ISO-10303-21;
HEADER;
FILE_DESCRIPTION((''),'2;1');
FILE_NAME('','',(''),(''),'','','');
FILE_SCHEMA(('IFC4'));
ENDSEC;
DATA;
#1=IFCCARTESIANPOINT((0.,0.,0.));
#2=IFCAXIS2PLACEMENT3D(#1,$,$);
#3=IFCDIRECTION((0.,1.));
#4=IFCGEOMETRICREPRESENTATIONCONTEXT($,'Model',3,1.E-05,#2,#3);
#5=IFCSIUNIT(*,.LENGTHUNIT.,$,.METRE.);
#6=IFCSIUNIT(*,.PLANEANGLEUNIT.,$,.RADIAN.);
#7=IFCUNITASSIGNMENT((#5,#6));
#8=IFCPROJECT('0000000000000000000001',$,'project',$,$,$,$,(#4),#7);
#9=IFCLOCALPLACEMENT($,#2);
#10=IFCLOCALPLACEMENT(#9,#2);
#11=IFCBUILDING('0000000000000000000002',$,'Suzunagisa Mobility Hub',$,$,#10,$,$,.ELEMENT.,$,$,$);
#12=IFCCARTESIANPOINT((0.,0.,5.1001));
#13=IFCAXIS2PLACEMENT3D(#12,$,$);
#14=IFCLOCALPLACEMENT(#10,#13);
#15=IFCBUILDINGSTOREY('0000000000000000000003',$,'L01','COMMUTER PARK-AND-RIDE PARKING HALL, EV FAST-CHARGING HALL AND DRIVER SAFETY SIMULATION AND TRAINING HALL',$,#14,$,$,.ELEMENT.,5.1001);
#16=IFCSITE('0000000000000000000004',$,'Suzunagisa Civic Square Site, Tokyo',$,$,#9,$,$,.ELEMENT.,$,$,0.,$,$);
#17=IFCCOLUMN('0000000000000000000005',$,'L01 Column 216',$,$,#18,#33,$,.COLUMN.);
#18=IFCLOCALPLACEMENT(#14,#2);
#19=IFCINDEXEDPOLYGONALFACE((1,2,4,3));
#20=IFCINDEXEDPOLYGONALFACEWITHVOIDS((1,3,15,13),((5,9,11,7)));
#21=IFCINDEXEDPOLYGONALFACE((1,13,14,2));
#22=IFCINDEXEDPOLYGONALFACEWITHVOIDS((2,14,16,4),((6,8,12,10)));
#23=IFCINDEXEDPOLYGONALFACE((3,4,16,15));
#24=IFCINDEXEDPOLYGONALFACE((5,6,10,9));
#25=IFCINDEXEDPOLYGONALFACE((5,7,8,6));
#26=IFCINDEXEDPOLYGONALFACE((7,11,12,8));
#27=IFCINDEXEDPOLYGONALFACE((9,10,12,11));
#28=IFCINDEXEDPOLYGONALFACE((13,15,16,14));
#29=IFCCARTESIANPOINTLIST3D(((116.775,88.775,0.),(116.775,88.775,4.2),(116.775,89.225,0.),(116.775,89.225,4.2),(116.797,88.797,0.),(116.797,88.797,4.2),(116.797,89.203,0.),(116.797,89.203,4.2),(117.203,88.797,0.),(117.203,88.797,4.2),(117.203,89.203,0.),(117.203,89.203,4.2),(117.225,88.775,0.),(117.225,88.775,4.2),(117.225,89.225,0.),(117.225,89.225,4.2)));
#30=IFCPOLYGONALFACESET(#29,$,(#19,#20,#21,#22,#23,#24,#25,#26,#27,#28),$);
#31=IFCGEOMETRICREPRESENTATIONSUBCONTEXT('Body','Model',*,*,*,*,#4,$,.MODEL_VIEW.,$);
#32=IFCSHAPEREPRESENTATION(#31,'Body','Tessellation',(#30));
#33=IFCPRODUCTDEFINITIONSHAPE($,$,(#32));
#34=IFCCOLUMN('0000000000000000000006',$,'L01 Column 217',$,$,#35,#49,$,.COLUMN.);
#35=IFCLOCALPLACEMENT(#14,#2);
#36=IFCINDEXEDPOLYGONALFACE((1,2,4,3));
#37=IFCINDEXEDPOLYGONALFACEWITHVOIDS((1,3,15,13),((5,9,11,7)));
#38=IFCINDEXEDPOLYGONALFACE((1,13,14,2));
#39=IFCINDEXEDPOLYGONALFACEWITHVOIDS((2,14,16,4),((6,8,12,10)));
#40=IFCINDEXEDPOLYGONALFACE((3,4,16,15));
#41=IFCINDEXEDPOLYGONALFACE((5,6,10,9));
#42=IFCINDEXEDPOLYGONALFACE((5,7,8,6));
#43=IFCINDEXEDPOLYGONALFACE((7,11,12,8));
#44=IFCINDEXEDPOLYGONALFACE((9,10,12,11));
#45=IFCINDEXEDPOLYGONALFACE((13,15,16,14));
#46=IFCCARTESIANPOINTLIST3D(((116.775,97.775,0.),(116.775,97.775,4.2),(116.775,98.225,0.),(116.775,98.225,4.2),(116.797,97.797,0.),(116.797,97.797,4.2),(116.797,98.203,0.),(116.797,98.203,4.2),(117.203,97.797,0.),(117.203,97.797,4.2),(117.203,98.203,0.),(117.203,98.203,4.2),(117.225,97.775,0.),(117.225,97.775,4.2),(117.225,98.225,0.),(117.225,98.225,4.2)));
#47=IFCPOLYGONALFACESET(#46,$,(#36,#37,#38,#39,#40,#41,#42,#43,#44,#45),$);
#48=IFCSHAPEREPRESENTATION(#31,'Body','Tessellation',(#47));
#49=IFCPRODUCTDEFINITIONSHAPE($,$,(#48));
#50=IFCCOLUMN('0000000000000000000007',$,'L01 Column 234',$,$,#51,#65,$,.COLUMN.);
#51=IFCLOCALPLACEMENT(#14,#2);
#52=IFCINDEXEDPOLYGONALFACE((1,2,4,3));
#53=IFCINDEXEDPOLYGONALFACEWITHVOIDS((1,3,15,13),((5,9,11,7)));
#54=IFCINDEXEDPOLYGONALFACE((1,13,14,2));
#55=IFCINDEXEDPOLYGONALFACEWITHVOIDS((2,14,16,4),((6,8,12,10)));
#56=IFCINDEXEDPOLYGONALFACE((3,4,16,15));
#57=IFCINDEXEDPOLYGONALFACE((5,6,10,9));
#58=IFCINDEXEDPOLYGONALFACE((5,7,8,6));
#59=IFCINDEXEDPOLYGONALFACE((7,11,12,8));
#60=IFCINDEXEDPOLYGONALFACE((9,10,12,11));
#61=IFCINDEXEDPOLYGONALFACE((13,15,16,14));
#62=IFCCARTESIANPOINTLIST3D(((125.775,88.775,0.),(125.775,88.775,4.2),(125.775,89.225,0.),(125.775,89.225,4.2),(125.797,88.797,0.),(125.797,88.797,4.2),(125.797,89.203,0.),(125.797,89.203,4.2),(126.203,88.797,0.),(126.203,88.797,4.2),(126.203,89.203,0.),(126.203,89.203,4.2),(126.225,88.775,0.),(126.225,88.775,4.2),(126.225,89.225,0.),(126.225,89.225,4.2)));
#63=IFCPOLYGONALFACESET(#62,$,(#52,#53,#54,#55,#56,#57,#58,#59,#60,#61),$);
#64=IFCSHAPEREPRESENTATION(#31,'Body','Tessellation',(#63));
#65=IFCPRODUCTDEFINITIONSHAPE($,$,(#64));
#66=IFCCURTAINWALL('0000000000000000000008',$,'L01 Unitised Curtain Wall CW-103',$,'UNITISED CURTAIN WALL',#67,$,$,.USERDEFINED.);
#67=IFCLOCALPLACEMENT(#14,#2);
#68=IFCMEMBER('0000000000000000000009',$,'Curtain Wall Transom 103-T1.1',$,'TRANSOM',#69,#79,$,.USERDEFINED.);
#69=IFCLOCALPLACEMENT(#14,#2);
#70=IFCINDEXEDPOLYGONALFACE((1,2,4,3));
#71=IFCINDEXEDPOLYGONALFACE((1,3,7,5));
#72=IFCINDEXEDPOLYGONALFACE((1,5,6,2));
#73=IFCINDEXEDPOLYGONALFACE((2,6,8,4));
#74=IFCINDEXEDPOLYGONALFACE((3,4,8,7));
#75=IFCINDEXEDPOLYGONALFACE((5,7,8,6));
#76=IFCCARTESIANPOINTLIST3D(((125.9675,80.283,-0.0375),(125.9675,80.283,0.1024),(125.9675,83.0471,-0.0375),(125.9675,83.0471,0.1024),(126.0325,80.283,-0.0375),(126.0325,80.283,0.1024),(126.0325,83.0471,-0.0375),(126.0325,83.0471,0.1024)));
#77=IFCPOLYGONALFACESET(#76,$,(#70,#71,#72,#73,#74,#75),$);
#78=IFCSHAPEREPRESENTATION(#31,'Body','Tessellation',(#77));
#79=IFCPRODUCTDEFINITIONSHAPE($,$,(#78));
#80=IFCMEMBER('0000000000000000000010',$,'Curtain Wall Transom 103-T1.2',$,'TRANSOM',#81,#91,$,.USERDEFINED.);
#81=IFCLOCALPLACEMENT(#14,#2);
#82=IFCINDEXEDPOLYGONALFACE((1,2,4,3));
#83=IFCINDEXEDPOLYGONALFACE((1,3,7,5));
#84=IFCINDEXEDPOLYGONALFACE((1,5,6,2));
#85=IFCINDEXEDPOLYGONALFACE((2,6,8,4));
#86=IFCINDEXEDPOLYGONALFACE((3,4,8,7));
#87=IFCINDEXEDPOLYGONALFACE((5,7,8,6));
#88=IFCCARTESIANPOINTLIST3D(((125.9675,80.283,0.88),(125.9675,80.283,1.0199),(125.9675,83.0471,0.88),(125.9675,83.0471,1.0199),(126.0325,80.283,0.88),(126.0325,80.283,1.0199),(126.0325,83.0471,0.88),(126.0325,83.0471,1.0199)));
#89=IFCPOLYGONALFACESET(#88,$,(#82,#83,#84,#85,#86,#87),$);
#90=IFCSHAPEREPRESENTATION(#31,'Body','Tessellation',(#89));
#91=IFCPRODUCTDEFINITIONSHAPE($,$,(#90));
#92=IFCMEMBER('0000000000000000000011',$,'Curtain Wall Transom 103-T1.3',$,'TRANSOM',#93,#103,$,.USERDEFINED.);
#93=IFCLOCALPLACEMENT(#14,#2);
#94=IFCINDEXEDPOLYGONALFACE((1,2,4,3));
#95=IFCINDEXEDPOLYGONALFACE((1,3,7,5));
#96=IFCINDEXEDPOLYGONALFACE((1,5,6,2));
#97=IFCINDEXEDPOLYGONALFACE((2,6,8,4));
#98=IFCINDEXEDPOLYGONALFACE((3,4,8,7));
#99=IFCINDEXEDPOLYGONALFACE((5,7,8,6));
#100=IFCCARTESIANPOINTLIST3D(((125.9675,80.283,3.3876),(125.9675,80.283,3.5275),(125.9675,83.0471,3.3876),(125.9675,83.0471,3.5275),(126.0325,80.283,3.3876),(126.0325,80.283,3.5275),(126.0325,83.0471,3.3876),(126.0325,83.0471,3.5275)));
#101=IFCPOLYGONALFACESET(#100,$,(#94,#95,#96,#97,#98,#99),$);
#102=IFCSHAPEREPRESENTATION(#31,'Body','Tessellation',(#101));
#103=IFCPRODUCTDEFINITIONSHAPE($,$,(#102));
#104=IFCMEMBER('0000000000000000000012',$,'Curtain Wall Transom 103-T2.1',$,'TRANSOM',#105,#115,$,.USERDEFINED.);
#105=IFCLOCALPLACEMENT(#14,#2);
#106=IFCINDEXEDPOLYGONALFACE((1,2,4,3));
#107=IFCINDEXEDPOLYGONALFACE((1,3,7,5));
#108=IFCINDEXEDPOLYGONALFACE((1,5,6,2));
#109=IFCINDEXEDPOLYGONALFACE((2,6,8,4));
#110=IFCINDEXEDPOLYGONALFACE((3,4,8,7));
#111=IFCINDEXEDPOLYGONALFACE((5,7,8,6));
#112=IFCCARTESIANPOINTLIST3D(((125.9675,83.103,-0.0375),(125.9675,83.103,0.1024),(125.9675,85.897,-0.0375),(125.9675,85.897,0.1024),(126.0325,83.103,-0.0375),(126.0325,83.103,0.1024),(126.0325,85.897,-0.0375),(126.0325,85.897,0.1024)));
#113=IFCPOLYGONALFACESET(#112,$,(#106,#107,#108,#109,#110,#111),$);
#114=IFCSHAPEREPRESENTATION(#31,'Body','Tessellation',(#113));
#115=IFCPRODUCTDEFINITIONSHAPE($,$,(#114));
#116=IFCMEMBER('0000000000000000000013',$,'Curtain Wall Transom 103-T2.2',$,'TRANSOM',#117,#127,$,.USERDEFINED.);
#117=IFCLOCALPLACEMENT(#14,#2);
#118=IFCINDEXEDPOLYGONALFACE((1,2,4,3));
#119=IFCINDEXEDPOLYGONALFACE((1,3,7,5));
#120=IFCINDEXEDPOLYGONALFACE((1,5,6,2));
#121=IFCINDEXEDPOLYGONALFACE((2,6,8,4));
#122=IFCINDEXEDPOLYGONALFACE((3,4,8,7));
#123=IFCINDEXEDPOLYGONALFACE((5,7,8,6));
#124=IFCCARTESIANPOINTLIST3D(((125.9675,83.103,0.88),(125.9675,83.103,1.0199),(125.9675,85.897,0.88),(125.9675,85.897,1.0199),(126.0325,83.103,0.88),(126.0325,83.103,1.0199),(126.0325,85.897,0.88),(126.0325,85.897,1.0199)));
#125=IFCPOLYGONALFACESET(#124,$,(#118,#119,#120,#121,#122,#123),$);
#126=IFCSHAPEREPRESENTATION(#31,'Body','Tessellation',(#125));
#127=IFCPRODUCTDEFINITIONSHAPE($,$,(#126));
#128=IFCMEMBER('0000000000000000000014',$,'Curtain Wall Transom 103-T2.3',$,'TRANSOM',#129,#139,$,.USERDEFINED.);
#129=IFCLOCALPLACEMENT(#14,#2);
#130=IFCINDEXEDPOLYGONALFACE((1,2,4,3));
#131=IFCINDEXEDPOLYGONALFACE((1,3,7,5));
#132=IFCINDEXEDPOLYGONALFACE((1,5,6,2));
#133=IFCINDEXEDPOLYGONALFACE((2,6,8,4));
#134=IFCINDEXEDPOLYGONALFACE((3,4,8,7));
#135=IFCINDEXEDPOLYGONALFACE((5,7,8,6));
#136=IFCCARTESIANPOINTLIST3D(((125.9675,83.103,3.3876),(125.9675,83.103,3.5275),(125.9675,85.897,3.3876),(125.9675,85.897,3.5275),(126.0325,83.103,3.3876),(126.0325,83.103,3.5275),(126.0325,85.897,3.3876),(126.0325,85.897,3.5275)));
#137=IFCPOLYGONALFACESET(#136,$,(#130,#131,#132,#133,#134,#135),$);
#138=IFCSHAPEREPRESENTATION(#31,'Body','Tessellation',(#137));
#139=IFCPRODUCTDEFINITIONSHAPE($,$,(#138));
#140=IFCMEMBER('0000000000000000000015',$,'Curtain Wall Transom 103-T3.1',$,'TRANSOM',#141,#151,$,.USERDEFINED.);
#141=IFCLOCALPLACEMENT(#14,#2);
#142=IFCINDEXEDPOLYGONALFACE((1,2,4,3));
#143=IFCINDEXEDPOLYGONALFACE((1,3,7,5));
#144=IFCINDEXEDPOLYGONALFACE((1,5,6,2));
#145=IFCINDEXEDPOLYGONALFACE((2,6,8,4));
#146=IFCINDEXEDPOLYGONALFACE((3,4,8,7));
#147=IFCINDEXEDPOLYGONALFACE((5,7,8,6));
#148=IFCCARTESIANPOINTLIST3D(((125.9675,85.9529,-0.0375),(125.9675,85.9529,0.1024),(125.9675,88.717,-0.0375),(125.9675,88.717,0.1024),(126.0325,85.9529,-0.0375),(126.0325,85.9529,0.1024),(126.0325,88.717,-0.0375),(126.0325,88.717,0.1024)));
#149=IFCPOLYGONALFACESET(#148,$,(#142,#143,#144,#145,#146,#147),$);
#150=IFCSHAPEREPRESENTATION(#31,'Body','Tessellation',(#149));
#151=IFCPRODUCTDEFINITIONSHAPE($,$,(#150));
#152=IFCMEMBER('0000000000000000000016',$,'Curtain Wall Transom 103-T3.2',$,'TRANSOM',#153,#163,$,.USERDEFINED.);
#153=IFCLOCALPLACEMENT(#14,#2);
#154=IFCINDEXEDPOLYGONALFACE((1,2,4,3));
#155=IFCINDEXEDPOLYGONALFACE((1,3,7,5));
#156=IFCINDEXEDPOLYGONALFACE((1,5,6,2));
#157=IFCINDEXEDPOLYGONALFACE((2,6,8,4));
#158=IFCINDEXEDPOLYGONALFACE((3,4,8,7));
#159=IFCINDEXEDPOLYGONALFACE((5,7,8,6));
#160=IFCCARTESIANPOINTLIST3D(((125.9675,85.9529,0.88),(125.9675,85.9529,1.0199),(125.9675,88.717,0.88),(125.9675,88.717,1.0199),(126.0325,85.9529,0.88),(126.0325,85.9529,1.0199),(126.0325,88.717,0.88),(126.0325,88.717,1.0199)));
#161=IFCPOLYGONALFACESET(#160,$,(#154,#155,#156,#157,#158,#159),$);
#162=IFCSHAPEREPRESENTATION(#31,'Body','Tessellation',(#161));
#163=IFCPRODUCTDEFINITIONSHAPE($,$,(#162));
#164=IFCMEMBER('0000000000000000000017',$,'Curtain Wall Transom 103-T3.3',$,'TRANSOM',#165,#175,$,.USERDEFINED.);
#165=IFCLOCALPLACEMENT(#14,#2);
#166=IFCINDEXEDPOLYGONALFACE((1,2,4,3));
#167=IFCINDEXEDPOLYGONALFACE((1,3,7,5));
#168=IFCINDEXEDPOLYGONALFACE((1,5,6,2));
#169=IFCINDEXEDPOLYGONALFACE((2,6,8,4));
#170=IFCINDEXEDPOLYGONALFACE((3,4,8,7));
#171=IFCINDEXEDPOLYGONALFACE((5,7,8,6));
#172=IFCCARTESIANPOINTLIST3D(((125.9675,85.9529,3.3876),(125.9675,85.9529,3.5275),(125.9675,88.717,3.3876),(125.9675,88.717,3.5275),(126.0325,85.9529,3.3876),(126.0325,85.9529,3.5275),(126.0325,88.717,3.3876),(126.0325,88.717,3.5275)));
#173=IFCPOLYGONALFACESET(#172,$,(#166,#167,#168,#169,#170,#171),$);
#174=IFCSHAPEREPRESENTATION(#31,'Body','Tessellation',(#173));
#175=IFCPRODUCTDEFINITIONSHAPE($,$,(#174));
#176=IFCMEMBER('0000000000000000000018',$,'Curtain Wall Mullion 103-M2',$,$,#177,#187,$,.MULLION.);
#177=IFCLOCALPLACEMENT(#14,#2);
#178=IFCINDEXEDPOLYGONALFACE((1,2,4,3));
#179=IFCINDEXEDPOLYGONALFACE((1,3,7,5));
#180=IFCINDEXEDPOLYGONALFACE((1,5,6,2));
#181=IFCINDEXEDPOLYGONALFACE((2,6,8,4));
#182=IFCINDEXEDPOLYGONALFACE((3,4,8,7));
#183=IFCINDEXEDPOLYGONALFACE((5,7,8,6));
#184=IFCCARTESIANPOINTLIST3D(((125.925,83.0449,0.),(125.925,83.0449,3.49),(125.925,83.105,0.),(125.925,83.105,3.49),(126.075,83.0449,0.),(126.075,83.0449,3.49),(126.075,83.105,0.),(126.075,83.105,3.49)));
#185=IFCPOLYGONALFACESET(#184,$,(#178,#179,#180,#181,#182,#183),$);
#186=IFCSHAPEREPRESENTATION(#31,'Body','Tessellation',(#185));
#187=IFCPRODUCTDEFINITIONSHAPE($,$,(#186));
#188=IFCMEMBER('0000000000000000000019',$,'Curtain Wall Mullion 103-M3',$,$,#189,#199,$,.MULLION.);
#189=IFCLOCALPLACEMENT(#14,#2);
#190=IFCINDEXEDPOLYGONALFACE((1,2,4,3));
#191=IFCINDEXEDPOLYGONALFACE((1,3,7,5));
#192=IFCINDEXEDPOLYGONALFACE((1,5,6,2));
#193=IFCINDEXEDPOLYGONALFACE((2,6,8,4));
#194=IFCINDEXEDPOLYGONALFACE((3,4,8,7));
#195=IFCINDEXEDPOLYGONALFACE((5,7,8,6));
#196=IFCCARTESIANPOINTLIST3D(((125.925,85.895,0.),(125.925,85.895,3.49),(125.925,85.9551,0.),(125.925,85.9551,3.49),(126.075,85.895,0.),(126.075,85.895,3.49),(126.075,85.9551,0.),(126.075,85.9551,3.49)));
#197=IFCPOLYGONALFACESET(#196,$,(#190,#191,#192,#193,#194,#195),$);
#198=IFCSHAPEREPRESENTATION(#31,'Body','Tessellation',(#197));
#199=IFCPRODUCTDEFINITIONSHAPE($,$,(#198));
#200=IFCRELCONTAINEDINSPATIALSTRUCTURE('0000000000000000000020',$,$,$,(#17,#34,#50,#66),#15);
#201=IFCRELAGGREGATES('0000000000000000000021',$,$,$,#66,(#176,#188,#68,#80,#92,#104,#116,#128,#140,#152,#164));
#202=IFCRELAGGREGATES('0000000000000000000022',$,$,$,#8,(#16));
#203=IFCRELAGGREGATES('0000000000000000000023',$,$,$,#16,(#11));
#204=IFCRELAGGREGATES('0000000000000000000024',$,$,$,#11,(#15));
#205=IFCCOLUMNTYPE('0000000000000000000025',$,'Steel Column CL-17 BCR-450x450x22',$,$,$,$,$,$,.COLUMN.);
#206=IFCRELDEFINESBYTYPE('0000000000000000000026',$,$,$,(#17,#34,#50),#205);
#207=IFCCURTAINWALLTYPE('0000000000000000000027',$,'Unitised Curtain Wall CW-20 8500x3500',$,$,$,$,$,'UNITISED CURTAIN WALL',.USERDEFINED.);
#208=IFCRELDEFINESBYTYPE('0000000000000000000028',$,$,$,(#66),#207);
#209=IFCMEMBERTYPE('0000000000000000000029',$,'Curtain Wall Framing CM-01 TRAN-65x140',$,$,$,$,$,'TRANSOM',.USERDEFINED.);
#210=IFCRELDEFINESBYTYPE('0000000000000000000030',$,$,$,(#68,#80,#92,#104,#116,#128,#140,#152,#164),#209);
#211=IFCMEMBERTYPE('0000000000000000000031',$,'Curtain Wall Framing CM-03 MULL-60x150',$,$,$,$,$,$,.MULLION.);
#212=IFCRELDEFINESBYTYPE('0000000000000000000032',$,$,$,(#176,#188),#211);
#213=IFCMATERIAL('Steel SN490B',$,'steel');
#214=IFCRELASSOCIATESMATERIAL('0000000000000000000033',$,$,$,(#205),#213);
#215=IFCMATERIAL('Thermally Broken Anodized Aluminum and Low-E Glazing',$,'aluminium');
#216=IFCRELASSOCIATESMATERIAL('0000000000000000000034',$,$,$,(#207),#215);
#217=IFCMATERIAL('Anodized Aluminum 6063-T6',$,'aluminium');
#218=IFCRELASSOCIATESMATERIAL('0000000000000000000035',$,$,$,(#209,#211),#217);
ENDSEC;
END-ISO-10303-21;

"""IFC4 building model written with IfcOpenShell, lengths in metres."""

from ifc_helpers import new_model, si_unit, direction, frame, origin, origin_2d, place, context, subcontext, project, spatial, rectangle, hollow_rectangle, extrude, material, material_profile, profile_set, type_object, element, aggregate, save


model = new_model("IFC4")

# Units and contexts
model_context = context("Model", 3, precision=1e-05, world=origin(), true_north=direction((0.0, 1.0)))
body_context = subcontext(model_context, "Body", "Model", "MODEL_VIEW")
ifc_project = project(units=[si_unit("LENGTHUNIT", "METRE"), si_unit("PLANEANGLEUNIT", "RADIAN")], contexts=[model_context])

# Site, building, storey
site_placement = place(None, origin())
site = spatial("IfcSite", under=ifc_project, at=site_placement, Name="Suzunagisa Civic Square Site, Tokyo", CompositionType="ELEMENT", RefElevation=0.0)
building_placement = place(site_placement, origin())
building = spatial("IfcBuilding", under=site, at=building_placement, Name="Suzunagisa Mobility Hub", CompositionType="ELEMENT")
storey_placement = place(building_placement, frame((0.0, 0.0, 5.1001)))
storey = spatial("IfcBuildingStorey", under=building, at=storey_placement, Name="L01", Description="COMMUTER PARK-AND-RIDE PARKING HALL, EV FAST-CHARGING HALL AND DRIVER SAFETY SIMULATION AND TRAINING HALL", CompositionType="ELEMENT", Elevation=5.1001)

# Columns
ifc_material_1 = material(Name="Steel SN490B", Category="steel")
ifc_material_profile_1 = material_profile(ifc_material_1, hollow_rectangle(XDim=0.45, YDim=0.45, WallThickness=0.022, at=origin_2d()), Name="BCR-450x450x22")
ifc_profile_set_1 = profile_set([ifc_material_profile_1], Name="Steel SN490B")
column_type = type_object("IfcColumnType", Name="Steel Column CL-17 BCR-450x450x22", PredefinedType="COLUMN", material=ifc_profile_set_1)
for number, where, z_axis, x_axis, name in (
    (1, (117.0, 89.0, 0.0), (0.0, 0.0, 1.0), (1.0, 0.0, 0.0), "L01 Column 216"),
    (2, (117.0, 98.0, 0.0), (0.0, 0.0, 1.0), (1.0, 0.0, 0.0), "L01 Column 217"),
    (3, (126.0, 89.0, 0.0), (0.0, 0.0, 1.0), (1.0, 0.0, 0.0), "L01 Column 234"),
):
    element("IfcColumn", number, at=place(storey_placement, frame(where, z_axis=z_axis, x_axis=x_axis)), inside=storey, type_object=column_type, Name=name, PredefinedType="COLUMN", context=body_context, shape_type="SweptSolid", body=[
        extrude(hollow_rectangle(XDim=0.45, YDim=0.45, WallThickness=0.022, at=origin_2d()), origin(), (0.0, 0.0, 1.0), 4.2),
    ])

# Curtain wall, members
ifc_material_2 = material(Name="Thermally Broken Anodized Aluminum and Low-E Glazing", Category="aluminium")
curtain_wall_type = type_object("IfcCurtainWallType", Name="Unitised Curtain Wall CW-20 8500x3500", ElementType="UNITISED CURTAIN WALL", PredefinedType="USERDEFINED", material=ifc_material_2)
curtain_wall_placement = place(storey_placement, origin())
curtain_wall = element("IfcCurtainWall", 4, at=curtain_wall_placement, inside=storey, type_object=curtain_wall_type, Name="L01 Unitised Curtain Wall CW-103", ObjectType="UNITISED CURTAIN WALL", PredefinedType="USERDEFINED")
ifc_material_3 = material(Name="Anodized Aluminum 6063-T6", Category="aluminium")
ifc_material_profile_2 = material_profile(ifc_material_3, rectangle(XDim=0.0649, YDim=0.1399, at=origin_2d()), Name="TRAN-65x140")
ifc_profile_set_2 = profile_set([ifc_material_profile_2], Name="Anodized Aluminum 6063-T6")
member_type_1 = type_object("IfcMemberType", Name="Curtain Wall Framing CM-01 TRAN-65x140", ElementType="TRANSOM", PredefinedType="USERDEFINED", material=ifc_profile_set_2)
member_1_placement = place(storey_placement, frame((126.0, 80.283, 0.0325), z_axis=(0.0, 1.0, 0.0), x_axis=(-1.0, 0.0, 0.0)))
member_1 = element("IfcMember", 5, at=member_1_placement, type_object=member_type_1, Name="Curtain Wall Transom 103-T1.1", ObjectType="TRANSOM", PredefinedType="USERDEFINED", context=body_context, shape_type="SweptSolid", body=[
    extrude(rectangle(XDim=0.0649, YDim=0.1399, at=origin_2d()), origin(), (0.0, 0.0, 1.0), 2.7642),
])
member_2_placement = place(storey_placement, frame((126.0, 80.283, 0.95), z_axis=(0.0, 1.0, 0.0), x_axis=(-1.0, 0.0, 0.0)))
member_2 = element("IfcMember", 6, at=member_2_placement, type_object=member_type_1, Name="Curtain Wall Transom 103-T1.2", ObjectType="TRANSOM", PredefinedType="USERDEFINED", context=body_context, shape_type="SweptSolid", body=[
    extrude(rectangle(XDim=0.0649, YDim=0.1399, at=origin_2d()), origin(), (0.0, 0.0, 1.0), 2.7642),
])
member_3_placement = place(storey_placement, frame((126.0, 80.283, 3.4575), z_axis=(0.0, 1.0, 0.0), x_axis=(-1.0, 0.0, 0.0)))
member_3 = element("IfcMember", 7, at=member_3_placement, type_object=member_type_1, Name="Curtain Wall Transom 103-T1.3", ObjectType="TRANSOM", PredefinedType="USERDEFINED", context=body_context, shape_type="SweptSolid", body=[
    extrude(rectangle(XDim=0.0649, YDim=0.1399, at=origin_2d()), origin(), (0.0, 0.0, 1.0), 2.7642),
])
member_4_placement = place(storey_placement, frame((126.0, 83.103, 0.0325), z_axis=(0.0, 1.0, 0.0), x_axis=(-1.0, 0.0, 0.0)))
member_4 = element("IfcMember", 8, at=member_4_placement, type_object=member_type_1, Name="Curtain Wall Transom 103-T2.1", ObjectType="TRANSOM", PredefinedType="USERDEFINED", context=body_context, shape_type="SweptSolid", body=[
    extrude(rectangle(XDim=0.0649, YDim=0.1399, at=origin_2d()), origin(), (0.0, 0.0, 1.0), 2.7939),
])
member_5_placement = place(storey_placement, frame((126.0, 83.103, 0.95), z_axis=(0.0, 1.0, 0.0), x_axis=(-1.0, 0.0, 0.0)))
member_5 = element("IfcMember", 9, at=member_5_placement, type_object=member_type_1, Name="Curtain Wall Transom 103-T2.2", ObjectType="TRANSOM", PredefinedType="USERDEFINED", context=body_context, shape_type="SweptSolid", body=[
    extrude(rectangle(XDim=0.0649, YDim=0.1399, at=origin_2d()), origin(), (0.0, 0.0, 1.0), 2.7939),
])
member_6_placement = place(storey_placement, frame((126.0, 83.103, 3.4575), z_axis=(0.0, 1.0, 0.0), x_axis=(-1.0, 0.0, 0.0)))
member_6 = element("IfcMember", 10, at=member_6_placement, type_object=member_type_1, Name="Curtain Wall Transom 103-T2.3", ObjectType="TRANSOM", PredefinedType="USERDEFINED", context=body_context, shape_type="SweptSolid", body=[
    extrude(rectangle(XDim=0.0649, YDim=0.1399, at=origin_2d()), origin(), (0.0, 0.0, 1.0), 2.7939),
])
member_7_placement = place(storey_placement, frame((126.0, 85.9529, 0.0325), z_axis=(0.0, 1.0, 0.0), x_axis=(-1.0, 0.0, 0.0)))
member_7 = element("IfcMember", 11, at=member_7_placement, type_object=member_type_1, Name="Curtain Wall Transom 103-T3.1", ObjectType="TRANSOM", PredefinedType="USERDEFINED", context=body_context, shape_type="SweptSolid", body=[
    extrude(rectangle(XDim=0.0649, YDim=0.1399, at=origin_2d()), origin(), (0.0, 0.0, 1.0), 2.7642),
])
member_8_placement = place(storey_placement, frame((126.0, 85.9529, 0.95), z_axis=(0.0, 1.0, 0.0), x_axis=(-1.0, 0.0, 0.0)))
member_8 = element("IfcMember", 12, at=member_8_placement, type_object=member_type_1, Name="Curtain Wall Transom 103-T3.2", ObjectType="TRANSOM", PredefinedType="USERDEFINED", context=body_context, shape_type="SweptSolid", body=[
    extrude(rectangle(XDim=0.0649, YDim=0.1399, at=origin_2d()), origin(), (0.0, 0.0, 1.0), 2.7642),
])
member_9_placement = place(storey_placement, frame((126.0, 85.9529, 3.4575), z_axis=(0.0, 1.0, 0.0), x_axis=(-1.0, 0.0, 0.0)))
member_9 = element("IfcMember", 13, at=member_9_placement, type_object=member_type_1, Name="Curtain Wall Transom 103-T3.3", ObjectType="TRANSOM", PredefinedType="USERDEFINED", context=body_context, shape_type="SweptSolid", body=[
    extrude(rectangle(XDim=0.0649, YDim=0.1399, at=origin_2d()), origin(), (0.0, 0.0, 1.0), 2.7642),
])
ifc_material_profile_3 = material_profile(ifc_material_3, rectangle(XDim=0.0601, YDim=0.1499, at=origin_2d()), Name="MULL-60x150")
ifc_profile_set_3 = profile_set([ifc_material_profile_3], Name="Anodized Aluminum 6063-T6")
member_type_2 = type_object("IfcMemberType", Name="Curtain Wall Framing CM-03 MULL-60x150", PredefinedType="MULLION", material=ifc_profile_set_3)
member_10_placement = place(storey_placement, frame((126.0, 83.075, 0.0), z_axis=(0.0, 0.0, 1.0), x_axis=(0.0, 1.0, 0.0)))
member_10 = element("IfcMember", 14, at=member_10_placement, type_object=member_type_2, Name="Curtain Wall Mullion 103-M2", PredefinedType="MULLION", context=body_context, shape_type="SweptSolid", body=[
    extrude(rectangle(XDim=0.0601, YDim=0.1499, at=origin_2d()), origin(), (0.0, 0.0, 1.0), 3.49),
])
member_11_placement = place(storey_placement, frame((126.0, 85.925, 0.0), z_axis=(0.0, 0.0, 1.0), x_axis=(0.0, 1.0, 0.0)))
member_11 = element("IfcMember", 15, at=member_11_placement, type_object=member_type_2, Name="Curtain Wall Mullion 103-M3", PredefinedType="MULLION", context=body_context, shape_type="SweptSolid", body=[
    extrude(rectangle(XDim=0.0601, YDim=0.1499, at=origin_2d()), origin(), (0.0, 0.0, 1.0), 3.49),
])

aggregate(curtain_wall, [member_10, member_11, member_1, member_2, member_3, member_4, member_5, member_6, member_7, member_8, member_9])

save(model, "model.ifc")
